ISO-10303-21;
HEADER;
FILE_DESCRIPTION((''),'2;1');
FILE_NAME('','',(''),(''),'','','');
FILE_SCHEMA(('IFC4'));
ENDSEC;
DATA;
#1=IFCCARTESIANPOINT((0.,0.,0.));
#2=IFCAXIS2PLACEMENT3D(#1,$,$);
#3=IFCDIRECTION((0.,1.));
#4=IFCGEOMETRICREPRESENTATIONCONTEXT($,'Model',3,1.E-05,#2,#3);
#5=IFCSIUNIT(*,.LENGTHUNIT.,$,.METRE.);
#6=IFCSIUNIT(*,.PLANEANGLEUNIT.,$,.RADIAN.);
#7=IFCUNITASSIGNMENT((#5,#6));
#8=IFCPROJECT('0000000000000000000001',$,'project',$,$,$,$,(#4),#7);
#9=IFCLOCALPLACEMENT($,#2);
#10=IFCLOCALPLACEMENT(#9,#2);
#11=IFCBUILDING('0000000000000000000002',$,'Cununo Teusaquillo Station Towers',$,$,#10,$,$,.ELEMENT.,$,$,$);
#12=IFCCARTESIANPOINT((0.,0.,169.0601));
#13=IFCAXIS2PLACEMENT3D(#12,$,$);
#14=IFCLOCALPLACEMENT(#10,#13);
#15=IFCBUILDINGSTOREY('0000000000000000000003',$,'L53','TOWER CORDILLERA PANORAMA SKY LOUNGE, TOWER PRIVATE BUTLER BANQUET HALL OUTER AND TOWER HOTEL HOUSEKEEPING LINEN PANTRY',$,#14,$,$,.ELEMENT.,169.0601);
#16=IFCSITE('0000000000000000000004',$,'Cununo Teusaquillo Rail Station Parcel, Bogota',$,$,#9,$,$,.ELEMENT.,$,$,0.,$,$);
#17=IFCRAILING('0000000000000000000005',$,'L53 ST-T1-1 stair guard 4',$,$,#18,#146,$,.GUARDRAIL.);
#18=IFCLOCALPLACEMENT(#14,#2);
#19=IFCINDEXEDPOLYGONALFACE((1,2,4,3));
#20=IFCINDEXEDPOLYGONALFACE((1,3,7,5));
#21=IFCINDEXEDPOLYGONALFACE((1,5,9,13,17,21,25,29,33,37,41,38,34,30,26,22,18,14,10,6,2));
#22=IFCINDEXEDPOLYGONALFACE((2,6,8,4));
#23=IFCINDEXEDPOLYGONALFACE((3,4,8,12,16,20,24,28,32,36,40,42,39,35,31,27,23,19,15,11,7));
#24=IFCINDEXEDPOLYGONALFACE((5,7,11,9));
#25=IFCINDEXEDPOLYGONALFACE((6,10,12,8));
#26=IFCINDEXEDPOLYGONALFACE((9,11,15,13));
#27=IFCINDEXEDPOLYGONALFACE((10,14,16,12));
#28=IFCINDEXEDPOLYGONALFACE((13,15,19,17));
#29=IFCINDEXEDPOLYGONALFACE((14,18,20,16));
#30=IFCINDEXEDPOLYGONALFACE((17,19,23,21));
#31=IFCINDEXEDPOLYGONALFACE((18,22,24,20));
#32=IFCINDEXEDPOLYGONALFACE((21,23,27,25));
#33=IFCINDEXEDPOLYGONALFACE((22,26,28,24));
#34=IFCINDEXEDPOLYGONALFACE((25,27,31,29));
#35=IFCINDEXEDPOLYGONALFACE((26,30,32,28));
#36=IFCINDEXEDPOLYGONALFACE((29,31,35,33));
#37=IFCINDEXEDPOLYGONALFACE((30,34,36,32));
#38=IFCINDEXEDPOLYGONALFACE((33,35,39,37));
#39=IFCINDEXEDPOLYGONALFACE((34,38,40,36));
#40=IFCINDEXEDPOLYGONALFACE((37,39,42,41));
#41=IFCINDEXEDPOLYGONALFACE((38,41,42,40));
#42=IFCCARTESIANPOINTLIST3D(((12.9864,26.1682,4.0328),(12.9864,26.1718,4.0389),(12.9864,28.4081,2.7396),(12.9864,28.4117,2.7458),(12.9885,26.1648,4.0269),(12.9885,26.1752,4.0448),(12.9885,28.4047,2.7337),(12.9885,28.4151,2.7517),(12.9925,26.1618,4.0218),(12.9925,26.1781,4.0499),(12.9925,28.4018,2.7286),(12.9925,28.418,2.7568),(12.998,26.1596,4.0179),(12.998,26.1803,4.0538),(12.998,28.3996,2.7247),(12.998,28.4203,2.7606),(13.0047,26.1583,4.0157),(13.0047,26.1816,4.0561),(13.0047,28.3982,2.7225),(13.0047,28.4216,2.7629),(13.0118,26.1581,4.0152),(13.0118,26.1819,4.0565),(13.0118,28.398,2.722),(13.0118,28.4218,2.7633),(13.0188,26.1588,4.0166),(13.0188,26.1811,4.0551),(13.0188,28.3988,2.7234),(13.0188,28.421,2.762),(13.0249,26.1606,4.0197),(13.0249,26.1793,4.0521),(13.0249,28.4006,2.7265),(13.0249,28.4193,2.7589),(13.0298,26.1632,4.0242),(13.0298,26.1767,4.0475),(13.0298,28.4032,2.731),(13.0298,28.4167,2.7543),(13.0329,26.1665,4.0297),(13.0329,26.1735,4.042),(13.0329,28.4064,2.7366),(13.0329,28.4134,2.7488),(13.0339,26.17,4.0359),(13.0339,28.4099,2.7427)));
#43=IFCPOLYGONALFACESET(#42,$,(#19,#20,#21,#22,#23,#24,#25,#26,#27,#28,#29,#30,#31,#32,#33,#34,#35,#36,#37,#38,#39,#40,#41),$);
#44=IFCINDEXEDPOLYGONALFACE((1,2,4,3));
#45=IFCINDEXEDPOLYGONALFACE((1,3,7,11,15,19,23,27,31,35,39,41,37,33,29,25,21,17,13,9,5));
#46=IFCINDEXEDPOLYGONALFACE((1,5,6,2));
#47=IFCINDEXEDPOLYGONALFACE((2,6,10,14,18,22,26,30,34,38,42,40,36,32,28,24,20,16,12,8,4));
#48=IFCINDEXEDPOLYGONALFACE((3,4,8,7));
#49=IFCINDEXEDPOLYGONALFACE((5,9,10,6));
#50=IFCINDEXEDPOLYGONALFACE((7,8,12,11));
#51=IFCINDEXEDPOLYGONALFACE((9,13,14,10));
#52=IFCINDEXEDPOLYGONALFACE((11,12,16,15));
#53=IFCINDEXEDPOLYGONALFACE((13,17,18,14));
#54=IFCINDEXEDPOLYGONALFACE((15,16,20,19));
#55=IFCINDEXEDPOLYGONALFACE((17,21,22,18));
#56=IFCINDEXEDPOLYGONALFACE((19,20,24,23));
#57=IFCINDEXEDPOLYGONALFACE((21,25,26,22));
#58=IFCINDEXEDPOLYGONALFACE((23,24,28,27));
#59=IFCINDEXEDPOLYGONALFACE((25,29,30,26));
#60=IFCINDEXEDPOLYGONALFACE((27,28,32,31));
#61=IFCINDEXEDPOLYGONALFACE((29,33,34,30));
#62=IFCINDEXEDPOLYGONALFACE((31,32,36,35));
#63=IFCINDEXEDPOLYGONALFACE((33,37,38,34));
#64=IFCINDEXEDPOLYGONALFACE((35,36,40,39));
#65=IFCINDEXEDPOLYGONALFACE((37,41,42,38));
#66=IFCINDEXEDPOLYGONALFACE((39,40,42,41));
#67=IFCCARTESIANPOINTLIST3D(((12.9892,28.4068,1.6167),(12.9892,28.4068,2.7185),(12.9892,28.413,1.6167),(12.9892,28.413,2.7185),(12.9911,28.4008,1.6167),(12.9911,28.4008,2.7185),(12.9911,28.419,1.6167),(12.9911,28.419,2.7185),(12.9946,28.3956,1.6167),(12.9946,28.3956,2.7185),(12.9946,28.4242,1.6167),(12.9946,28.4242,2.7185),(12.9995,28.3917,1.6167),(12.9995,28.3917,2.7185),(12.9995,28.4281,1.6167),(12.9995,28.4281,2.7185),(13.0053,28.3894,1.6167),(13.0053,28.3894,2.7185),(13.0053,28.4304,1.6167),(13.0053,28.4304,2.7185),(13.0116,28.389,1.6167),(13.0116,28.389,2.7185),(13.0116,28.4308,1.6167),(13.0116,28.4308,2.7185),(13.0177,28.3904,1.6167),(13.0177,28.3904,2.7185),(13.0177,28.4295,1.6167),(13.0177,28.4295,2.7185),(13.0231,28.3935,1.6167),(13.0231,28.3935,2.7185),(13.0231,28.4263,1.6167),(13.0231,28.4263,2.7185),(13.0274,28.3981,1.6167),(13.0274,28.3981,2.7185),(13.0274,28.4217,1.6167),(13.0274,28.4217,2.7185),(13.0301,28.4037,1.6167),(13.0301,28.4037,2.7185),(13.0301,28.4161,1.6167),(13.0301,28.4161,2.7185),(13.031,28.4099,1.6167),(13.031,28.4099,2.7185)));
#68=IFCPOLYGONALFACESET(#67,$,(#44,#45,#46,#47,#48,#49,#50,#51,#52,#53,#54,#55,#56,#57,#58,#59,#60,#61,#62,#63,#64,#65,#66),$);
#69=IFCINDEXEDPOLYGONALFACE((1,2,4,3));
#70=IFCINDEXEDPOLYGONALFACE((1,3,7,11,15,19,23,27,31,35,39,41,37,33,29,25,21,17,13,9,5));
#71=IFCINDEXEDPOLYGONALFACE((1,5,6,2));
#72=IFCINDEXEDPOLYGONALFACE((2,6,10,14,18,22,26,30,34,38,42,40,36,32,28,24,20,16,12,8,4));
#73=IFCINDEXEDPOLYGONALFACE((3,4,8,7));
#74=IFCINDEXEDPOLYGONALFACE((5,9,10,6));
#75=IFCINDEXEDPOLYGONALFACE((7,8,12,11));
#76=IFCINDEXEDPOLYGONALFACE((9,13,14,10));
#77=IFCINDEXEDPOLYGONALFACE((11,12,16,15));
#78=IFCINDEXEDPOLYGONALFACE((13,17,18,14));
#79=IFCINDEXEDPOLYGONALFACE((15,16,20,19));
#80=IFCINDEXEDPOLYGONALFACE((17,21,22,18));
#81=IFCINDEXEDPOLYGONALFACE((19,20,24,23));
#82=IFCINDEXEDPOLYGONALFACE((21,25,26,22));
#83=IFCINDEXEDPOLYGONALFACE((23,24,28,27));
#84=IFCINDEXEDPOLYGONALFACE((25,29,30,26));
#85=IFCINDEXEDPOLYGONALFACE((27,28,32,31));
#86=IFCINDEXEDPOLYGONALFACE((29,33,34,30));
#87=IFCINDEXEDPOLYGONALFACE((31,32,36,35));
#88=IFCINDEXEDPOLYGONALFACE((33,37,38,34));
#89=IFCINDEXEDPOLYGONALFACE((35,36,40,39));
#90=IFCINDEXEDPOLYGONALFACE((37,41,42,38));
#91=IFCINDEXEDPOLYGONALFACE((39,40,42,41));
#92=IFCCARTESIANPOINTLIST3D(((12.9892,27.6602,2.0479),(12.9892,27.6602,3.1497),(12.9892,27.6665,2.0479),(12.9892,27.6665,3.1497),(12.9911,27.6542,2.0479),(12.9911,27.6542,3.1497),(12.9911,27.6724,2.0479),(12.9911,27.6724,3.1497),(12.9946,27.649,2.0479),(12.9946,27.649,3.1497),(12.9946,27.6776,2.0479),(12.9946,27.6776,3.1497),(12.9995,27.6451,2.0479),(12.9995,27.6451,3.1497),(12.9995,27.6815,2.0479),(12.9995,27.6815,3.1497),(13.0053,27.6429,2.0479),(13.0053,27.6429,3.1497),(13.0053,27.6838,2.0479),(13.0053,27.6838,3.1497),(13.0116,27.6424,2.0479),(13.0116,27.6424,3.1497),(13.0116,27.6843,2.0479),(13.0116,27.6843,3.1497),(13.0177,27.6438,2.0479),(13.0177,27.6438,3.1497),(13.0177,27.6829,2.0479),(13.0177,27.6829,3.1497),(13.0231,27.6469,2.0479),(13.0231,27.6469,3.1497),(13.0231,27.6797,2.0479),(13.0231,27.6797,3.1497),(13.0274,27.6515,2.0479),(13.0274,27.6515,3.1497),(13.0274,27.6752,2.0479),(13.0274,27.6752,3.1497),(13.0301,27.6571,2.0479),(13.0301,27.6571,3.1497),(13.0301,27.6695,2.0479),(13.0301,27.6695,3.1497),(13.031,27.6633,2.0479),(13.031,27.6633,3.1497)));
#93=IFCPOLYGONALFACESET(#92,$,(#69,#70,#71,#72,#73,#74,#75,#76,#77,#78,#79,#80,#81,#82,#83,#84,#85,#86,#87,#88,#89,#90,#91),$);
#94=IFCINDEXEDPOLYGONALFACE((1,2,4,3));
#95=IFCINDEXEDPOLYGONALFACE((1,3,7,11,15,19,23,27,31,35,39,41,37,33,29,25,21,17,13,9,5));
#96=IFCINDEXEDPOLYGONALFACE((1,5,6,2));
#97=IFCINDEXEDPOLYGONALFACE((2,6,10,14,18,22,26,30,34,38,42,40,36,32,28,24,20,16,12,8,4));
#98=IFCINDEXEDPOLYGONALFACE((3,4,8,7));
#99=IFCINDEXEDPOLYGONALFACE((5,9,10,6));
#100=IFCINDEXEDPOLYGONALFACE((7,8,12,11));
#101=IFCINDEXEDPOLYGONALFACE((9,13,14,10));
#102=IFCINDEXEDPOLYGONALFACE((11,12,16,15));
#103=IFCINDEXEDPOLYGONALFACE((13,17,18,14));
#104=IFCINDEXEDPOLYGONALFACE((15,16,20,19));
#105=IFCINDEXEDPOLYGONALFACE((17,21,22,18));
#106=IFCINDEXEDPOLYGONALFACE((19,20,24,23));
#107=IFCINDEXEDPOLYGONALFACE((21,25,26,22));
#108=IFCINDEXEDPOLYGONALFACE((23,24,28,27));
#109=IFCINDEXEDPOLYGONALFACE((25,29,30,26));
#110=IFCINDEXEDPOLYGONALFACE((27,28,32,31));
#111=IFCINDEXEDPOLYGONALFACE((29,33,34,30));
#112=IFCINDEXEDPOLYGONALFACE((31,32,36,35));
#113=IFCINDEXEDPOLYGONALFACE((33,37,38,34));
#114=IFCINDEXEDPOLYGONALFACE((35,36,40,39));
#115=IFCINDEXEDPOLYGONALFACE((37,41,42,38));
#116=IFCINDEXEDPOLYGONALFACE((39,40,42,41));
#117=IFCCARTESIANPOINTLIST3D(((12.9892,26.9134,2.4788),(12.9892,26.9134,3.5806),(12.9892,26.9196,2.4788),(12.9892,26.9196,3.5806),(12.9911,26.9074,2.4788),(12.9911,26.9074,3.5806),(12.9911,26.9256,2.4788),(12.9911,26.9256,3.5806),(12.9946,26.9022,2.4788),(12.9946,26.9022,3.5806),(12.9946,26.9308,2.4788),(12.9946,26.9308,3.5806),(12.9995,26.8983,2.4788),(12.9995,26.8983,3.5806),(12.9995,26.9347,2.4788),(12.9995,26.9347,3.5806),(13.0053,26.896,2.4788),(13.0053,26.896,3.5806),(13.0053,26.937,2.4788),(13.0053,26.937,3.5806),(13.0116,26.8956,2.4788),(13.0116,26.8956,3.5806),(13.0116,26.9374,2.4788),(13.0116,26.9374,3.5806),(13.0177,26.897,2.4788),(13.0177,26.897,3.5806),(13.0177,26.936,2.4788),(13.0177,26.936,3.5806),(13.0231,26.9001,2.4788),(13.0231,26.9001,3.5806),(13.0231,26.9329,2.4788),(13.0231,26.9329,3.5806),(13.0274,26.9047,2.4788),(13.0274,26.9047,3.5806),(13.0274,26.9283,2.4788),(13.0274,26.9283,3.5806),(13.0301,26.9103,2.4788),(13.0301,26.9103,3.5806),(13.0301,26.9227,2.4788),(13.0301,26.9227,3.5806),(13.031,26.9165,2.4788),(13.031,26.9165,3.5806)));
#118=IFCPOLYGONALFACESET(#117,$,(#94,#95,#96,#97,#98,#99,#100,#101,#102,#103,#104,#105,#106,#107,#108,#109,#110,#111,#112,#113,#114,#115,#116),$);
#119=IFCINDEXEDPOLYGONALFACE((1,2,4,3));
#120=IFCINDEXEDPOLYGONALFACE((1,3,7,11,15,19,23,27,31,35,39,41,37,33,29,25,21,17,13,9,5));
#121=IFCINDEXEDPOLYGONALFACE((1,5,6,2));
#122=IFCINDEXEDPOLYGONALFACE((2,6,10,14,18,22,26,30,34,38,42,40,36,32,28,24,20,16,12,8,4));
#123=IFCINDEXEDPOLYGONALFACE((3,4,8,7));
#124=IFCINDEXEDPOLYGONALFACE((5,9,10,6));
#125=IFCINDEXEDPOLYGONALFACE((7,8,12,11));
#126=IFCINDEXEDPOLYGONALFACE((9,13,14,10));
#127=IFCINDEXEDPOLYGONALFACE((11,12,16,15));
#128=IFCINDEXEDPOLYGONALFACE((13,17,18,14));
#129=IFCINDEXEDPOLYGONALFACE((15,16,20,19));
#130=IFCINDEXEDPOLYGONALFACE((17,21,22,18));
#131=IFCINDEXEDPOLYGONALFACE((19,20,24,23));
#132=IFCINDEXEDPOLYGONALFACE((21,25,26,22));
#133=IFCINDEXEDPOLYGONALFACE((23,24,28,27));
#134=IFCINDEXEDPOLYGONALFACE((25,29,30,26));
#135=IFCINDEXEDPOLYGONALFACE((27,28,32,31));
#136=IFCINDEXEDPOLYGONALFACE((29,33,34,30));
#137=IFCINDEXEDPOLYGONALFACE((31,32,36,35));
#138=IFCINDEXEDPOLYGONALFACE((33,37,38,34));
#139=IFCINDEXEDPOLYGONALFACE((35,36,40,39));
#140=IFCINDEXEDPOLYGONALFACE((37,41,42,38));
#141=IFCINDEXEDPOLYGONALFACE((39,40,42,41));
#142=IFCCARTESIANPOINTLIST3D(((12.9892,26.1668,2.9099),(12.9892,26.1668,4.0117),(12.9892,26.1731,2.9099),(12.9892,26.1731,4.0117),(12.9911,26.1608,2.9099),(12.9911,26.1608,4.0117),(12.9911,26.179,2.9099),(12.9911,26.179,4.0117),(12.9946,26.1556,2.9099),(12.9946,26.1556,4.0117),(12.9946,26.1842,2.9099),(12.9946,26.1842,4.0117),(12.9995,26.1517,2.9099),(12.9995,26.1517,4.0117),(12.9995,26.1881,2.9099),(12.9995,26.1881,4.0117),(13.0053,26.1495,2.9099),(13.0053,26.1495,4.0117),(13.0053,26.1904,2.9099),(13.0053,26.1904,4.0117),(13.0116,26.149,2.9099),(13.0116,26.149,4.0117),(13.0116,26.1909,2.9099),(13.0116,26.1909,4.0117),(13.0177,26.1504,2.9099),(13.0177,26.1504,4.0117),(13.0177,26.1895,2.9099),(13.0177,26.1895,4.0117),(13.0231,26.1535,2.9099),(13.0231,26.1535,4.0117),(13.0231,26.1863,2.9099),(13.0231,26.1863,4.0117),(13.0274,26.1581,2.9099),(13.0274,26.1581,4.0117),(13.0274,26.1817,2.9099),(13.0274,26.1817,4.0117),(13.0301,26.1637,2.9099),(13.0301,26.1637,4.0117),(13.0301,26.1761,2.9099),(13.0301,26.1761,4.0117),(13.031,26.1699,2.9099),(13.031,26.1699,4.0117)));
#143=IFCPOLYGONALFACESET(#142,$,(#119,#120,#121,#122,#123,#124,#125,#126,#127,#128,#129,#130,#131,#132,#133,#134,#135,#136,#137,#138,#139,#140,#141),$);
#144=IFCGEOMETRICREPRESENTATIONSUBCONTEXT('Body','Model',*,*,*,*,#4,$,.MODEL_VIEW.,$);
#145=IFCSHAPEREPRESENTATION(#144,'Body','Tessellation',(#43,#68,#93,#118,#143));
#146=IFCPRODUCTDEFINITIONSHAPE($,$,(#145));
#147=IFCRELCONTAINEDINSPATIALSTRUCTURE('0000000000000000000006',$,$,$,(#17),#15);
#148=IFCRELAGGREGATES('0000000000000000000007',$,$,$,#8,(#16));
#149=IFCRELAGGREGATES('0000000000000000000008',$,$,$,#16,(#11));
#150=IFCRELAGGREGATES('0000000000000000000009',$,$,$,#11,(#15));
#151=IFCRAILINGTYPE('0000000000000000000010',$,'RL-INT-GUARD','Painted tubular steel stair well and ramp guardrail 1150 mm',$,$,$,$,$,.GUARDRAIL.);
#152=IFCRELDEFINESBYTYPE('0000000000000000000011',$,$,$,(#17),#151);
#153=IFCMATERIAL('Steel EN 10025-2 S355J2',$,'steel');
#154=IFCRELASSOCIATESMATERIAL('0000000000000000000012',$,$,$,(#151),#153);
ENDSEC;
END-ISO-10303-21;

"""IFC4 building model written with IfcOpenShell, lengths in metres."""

from ifc_helpers import new_model, si_unit, direction, frame, origin, origin_2d, place, context, subcontext, project, spatial, circle, extrude, material, type_object, element, save


model = new_model("IFC4")

# Units and contexts
model_context = context("Model", 3, precision=1e-05, world=origin(), true_north=direction((0.0, 1.0)))
body_context = subcontext(model_context, "Body", "Model", "MODEL_VIEW")
ifc_project = project(units=[si_unit("LENGTHUNIT", "METRE"), si_unit("PLANEANGLEUNIT", "RADIAN")], contexts=[model_context])

# Site, building, storey
site_placement = place(None, origin())
site = spatial("IfcSite", under=ifc_project, at=site_placement, Name="Cununo Teusaquillo Rail Station Parcel, Bogota", CompositionType="ELEMENT", RefElevation=0.0)
building_placement = place(site_placement, origin())
building = spatial("IfcBuilding", under=site, at=building_placement, Name="Cununo Teusaquillo Station Towers", CompositionType="ELEMENT")
storey_placement = place(building_placement, frame((0.0, 0.0, 169.0601)))
storey = spatial("IfcBuildingStorey", under=building, at=storey_placement, Name="L53", Description="TOWER CORDILLERA PANORAMA SKY LOUNGE, TOWER PRIVATE BUTLER BANQUET HALL OUTER AND TOWER HOTEL HOUSEKEEPING LINEN PANTRY", CompositionType="ELEMENT", Elevation=169.0601)

# Railing
ifc_material_1 = material(Name="Steel EN 10025-2 S355J2", Category="steel")
railing_type_1 = type_object("IfcRailingType", Name="RL-INT-GUARD", Description="Painted tubular steel stair well and ramp guardrail 1150 mm", PredefinedType="GUARDRAIL", material=ifc_material_1)
railing_1_placement = place(storey_placement, frame((13.01, 28.4099, 1.6167)))
element("IfcRailing", 1, at=railing_1_placement, inside=storey, type_object=railing_type_1, Name="L53 ST-T1-1 stair guard 4", PredefinedType="GUARDRAIL", context=body_context, shape_type="SweptSolid", body=[
    extrude(circle(Radius=0.0239, at=origin_2d()), frame((0.0, 0.0, 1.126), z_axis=(0.0, -0.866033, 0.499987), x_axis=(1.0, 0.0, 0.0)), (0.0, 0.0, 1.0), 2.5864),
    extrude(circle(Radius=0.021, at=origin_2d()), origin(), (0.0, 0.0, 1.0), 1.1018),
    extrude(circle(Radius=0.021, at=origin_2d()), frame((0.0, -0.7466, 0.4312)), (0.0, 0.0, 1.0), 1.1018),
    extrude(circle(Radius=0.021, at=origin_2d()), frame((0.0, -1.4934, 0.8621)), (0.0, 0.0, 1.0), 1.1018),
    extrude(circle(Radius=0.021, at=origin_2d()), frame((0.0, -2.24, 1.2932)), (0.0, 0.0, 1.0), 1.1018),
])

save(model, "model.ifc")
